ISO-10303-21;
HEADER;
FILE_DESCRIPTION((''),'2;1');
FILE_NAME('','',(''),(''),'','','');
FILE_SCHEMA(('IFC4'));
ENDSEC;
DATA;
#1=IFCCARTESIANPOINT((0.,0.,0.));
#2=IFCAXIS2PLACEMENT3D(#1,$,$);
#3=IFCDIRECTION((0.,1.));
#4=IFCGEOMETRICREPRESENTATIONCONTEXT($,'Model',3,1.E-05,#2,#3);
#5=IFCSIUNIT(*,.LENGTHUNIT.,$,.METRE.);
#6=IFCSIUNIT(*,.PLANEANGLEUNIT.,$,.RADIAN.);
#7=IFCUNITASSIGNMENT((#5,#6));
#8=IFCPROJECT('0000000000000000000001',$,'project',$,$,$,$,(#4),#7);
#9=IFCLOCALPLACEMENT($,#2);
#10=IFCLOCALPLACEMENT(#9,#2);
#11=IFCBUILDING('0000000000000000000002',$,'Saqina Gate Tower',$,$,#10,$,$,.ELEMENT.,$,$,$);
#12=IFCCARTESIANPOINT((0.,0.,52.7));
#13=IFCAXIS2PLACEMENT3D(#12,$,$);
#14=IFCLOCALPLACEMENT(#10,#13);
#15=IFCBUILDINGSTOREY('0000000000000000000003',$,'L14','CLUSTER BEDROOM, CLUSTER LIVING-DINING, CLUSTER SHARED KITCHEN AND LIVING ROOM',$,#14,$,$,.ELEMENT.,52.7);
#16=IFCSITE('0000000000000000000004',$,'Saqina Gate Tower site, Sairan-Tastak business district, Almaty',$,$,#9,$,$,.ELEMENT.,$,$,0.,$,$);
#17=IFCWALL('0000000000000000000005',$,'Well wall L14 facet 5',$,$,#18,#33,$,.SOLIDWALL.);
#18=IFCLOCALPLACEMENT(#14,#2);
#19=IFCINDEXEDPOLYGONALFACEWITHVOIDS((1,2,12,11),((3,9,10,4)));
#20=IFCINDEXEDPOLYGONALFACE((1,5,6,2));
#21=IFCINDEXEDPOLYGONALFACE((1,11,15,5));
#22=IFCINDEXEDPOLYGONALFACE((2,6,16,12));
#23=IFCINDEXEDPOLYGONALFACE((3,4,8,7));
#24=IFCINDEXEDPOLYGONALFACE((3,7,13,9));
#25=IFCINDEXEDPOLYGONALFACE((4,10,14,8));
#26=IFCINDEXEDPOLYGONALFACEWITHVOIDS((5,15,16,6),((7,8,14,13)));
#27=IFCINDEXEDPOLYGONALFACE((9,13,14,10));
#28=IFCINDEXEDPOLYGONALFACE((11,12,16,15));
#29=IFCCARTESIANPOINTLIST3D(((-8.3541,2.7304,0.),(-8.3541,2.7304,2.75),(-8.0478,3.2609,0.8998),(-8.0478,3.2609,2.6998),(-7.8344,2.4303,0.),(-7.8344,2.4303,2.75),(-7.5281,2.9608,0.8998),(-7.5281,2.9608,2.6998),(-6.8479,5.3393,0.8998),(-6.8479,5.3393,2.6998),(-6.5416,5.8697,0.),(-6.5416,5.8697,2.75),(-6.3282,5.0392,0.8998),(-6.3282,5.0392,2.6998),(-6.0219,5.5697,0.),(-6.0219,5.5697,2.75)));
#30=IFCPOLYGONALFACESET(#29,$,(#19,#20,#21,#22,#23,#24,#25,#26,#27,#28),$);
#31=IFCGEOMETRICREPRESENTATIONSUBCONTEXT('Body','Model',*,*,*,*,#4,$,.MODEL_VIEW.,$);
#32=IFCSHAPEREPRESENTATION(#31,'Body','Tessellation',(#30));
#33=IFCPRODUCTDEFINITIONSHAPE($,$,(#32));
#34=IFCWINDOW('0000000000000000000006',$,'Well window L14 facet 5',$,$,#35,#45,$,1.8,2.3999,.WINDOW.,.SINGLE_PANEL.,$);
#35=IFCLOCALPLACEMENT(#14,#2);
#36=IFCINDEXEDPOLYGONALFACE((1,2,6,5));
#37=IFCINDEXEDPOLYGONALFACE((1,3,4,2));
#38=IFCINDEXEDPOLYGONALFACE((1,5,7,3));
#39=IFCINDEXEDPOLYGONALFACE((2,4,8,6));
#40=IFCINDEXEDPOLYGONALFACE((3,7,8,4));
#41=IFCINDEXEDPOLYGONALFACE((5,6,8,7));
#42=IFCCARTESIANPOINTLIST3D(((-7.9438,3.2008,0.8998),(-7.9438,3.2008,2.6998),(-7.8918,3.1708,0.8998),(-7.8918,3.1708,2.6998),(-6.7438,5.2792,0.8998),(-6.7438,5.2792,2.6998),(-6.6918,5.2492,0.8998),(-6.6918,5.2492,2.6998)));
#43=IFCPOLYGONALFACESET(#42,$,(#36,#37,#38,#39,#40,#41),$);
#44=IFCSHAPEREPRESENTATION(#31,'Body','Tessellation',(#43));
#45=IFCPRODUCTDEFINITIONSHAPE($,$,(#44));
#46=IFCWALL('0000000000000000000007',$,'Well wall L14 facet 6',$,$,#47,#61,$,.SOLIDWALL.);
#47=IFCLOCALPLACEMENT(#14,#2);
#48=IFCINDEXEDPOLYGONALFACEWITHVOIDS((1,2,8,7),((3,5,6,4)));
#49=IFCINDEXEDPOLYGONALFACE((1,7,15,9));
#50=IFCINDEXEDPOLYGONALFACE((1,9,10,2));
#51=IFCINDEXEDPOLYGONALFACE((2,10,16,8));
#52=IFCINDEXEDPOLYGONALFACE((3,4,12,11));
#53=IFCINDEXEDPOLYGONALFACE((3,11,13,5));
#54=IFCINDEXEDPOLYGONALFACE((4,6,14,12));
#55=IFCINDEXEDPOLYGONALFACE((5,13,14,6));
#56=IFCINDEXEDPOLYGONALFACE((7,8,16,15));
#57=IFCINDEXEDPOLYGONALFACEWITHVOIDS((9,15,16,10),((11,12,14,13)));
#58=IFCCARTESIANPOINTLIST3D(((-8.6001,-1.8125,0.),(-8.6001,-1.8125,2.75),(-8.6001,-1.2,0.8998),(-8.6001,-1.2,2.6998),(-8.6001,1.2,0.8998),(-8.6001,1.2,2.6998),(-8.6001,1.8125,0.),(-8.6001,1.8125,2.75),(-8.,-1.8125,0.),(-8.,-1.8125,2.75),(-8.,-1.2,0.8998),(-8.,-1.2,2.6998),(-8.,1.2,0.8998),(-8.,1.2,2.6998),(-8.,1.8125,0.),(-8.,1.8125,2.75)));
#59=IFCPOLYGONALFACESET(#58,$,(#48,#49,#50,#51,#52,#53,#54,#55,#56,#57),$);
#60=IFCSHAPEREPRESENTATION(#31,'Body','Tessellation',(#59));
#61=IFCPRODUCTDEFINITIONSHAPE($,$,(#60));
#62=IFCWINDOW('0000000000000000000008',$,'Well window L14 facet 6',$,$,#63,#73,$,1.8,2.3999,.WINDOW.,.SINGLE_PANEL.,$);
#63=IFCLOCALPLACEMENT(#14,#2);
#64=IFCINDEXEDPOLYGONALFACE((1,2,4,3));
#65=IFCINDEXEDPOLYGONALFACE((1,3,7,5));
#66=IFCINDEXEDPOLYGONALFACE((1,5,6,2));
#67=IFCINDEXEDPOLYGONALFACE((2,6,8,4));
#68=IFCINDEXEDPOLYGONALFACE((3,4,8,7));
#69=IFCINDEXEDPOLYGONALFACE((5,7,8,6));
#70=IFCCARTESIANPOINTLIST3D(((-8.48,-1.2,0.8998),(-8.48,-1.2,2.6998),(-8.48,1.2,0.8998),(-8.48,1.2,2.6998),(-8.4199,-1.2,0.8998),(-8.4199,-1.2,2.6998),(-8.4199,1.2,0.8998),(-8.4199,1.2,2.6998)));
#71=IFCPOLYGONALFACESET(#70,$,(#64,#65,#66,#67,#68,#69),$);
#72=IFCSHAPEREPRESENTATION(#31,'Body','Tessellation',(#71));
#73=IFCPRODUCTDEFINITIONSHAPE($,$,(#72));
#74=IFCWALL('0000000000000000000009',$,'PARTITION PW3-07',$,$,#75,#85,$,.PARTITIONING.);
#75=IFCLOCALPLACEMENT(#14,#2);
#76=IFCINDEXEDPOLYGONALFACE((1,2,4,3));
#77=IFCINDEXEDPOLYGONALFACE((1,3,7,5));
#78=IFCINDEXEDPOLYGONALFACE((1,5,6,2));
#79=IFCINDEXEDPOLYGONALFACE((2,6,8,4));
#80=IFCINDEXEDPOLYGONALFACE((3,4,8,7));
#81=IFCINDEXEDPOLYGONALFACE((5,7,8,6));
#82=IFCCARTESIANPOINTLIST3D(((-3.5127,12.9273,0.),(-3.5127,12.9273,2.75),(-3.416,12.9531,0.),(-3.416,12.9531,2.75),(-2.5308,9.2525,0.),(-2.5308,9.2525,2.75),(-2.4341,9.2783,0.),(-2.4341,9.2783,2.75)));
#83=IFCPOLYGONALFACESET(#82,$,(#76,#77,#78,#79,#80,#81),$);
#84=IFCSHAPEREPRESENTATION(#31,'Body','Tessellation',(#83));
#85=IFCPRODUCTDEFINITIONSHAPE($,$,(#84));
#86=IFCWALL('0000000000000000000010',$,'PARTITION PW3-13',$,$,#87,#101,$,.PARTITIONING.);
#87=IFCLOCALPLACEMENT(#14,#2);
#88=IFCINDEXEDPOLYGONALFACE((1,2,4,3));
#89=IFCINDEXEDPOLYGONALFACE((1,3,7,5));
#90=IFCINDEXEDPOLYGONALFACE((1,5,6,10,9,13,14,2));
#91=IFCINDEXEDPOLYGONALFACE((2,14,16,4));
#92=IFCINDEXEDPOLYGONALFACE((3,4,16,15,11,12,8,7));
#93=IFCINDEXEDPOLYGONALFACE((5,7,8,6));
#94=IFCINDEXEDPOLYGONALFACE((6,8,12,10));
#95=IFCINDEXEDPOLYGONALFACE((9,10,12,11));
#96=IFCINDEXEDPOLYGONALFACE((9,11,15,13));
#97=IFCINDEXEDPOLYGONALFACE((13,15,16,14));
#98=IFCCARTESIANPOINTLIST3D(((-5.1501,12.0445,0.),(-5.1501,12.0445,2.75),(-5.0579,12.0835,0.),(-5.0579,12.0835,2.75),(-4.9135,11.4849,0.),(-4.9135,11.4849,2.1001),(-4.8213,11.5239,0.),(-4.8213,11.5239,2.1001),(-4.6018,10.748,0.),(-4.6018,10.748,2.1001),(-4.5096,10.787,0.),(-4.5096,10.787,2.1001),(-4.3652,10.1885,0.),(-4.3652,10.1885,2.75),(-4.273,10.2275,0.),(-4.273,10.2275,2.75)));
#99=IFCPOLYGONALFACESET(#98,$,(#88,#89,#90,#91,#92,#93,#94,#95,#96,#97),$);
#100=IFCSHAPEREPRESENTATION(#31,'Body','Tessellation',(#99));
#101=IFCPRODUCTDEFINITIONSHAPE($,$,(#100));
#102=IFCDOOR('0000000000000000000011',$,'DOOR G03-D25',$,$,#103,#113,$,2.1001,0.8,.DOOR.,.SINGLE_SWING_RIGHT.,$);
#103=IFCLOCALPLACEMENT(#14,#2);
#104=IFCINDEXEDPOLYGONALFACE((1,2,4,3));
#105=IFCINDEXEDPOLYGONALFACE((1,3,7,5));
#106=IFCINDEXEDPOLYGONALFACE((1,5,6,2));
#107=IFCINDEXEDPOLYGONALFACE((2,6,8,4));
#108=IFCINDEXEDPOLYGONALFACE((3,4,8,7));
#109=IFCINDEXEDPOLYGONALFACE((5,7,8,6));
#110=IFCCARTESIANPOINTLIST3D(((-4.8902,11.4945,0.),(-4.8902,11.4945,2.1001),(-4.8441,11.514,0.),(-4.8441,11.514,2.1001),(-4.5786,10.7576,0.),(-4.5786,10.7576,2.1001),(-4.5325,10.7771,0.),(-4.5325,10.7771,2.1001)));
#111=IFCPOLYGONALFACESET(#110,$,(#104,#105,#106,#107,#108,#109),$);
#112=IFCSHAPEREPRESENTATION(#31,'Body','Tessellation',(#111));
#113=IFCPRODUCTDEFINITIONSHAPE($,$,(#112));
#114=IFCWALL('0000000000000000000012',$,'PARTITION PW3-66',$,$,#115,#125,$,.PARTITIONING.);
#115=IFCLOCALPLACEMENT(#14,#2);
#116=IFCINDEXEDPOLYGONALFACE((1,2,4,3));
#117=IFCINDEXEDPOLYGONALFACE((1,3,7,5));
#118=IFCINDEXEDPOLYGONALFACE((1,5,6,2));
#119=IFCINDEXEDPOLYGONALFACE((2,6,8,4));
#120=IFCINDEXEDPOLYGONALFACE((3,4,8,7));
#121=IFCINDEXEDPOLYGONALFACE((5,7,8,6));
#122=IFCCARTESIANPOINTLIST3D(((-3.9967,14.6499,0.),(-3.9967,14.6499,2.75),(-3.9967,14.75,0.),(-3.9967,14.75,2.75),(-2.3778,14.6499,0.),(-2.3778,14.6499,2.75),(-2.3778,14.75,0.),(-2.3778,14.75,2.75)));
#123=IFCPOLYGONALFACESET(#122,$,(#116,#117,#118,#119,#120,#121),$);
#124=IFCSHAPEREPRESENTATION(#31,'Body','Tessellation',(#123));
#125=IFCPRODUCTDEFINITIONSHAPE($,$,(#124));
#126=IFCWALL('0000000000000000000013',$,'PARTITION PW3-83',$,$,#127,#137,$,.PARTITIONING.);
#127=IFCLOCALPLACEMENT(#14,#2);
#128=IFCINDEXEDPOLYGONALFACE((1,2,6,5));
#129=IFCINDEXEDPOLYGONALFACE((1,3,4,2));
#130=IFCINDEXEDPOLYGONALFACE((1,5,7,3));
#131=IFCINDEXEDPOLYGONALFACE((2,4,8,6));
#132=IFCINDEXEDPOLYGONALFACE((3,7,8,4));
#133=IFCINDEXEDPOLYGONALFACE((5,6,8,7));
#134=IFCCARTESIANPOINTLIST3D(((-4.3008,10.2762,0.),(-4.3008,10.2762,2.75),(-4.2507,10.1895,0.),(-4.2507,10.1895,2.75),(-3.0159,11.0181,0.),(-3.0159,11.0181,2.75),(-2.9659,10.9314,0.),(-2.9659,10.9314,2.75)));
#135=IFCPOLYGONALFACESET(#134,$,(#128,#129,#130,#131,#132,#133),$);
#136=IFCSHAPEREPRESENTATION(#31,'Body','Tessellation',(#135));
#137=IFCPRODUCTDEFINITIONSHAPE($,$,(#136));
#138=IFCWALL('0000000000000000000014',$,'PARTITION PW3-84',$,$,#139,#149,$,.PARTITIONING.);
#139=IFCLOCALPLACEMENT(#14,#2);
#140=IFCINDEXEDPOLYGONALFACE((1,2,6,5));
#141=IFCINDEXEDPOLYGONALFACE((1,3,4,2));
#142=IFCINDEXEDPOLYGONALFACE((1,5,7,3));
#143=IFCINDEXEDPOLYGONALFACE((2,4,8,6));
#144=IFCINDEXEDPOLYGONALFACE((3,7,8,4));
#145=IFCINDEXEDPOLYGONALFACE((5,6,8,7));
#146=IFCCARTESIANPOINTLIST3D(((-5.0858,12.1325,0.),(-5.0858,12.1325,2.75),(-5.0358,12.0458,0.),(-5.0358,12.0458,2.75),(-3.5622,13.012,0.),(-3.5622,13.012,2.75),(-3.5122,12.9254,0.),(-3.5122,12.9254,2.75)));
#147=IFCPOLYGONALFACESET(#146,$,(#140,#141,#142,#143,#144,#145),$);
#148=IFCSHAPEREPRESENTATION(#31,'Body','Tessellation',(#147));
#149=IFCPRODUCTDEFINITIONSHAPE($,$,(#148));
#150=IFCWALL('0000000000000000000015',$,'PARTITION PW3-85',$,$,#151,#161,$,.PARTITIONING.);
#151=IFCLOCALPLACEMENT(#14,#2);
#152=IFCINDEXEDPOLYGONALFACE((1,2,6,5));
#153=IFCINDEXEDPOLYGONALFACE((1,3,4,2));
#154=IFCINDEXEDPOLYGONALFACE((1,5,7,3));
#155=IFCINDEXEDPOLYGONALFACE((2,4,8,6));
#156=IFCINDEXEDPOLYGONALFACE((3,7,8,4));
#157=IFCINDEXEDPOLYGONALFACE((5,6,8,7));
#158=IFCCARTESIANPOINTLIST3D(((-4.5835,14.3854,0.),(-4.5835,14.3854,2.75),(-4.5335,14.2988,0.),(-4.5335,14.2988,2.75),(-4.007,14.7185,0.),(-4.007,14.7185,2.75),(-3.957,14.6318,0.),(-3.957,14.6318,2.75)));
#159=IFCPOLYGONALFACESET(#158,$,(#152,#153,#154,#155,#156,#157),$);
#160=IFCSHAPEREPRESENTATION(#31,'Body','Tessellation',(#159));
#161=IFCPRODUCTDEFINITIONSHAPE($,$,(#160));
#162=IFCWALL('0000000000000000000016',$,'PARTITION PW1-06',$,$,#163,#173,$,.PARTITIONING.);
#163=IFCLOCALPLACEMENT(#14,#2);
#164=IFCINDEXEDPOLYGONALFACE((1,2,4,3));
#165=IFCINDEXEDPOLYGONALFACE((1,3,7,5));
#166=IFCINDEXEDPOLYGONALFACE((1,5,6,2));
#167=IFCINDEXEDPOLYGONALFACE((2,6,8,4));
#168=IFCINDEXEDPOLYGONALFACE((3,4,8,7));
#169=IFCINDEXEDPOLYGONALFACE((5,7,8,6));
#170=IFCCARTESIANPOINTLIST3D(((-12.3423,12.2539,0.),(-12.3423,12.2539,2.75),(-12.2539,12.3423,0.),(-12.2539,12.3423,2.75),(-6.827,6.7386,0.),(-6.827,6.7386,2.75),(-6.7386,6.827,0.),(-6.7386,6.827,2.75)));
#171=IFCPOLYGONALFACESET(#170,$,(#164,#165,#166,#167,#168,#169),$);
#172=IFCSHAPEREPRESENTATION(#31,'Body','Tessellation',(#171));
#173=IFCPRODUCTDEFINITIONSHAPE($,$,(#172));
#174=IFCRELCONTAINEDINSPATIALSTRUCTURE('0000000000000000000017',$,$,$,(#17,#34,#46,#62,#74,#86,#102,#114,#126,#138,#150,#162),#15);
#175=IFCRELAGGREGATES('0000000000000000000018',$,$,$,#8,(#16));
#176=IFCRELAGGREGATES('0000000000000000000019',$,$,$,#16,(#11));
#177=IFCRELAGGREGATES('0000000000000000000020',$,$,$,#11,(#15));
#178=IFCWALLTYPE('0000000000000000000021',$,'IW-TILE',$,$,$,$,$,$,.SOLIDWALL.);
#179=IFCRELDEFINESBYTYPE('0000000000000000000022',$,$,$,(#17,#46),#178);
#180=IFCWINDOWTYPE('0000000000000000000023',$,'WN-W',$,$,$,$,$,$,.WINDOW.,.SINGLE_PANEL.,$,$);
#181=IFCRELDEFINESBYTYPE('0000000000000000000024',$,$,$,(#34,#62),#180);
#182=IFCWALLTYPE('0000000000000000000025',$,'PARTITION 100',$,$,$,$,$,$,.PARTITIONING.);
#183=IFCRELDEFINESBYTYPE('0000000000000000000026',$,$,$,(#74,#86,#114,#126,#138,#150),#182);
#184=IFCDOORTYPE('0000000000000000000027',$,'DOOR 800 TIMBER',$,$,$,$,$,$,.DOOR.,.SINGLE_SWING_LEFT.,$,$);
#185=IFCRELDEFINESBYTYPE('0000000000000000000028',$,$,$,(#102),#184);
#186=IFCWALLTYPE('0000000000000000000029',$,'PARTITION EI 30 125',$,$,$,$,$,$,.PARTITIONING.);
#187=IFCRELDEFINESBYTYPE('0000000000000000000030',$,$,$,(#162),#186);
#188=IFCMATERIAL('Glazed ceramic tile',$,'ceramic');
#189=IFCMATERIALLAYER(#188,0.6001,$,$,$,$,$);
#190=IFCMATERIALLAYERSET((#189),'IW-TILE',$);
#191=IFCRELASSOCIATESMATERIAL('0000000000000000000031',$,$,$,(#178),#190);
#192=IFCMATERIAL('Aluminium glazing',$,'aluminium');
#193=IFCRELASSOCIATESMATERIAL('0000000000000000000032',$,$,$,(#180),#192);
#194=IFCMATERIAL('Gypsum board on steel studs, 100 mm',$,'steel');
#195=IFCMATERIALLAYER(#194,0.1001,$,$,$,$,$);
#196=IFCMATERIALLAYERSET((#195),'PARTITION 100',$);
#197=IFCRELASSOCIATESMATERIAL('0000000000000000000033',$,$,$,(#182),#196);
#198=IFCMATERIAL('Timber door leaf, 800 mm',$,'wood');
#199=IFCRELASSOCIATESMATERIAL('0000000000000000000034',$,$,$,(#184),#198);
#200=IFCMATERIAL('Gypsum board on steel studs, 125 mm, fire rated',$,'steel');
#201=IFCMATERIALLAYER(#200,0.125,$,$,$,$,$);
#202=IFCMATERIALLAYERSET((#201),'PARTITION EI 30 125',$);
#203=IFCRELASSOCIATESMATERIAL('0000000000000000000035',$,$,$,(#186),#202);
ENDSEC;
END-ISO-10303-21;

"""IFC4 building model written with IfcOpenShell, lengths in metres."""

from ifc_helpers import new_model, si_unit, direction, frame, frame_2d, origin, place, context, subcontext, project, spatial, rectangle, extrude, material, layer, layer_set, type_object, element, fill, save


model = new_model("IFC4")

# Units and contexts
model_context = context("Model", 3, precision=1e-05, world=origin(), true_north=direction((0.0, 1.0)))
body_context = subcontext(model_context, "Body", "Model", "MODEL_VIEW")
ifc_project = project(units=[si_unit("LENGTHUNIT", "METRE"), si_unit("PLANEANGLEUNIT", "RADIAN")], contexts=[model_context])

# Site, building, storey
site_placement = place(None, origin())
site = spatial("IfcSite", under=ifc_project, at=site_placement, Name="Saqina Gate Tower site, Sairan-Tastak business district, Almaty", CompositionType="ELEMENT", RefElevation=0.0)
building_placement = place(site_placement, origin())
building = spatial("IfcBuilding", under=site, at=building_placement, Name="Saqina Gate Tower", CompositionType="ELEMENT")
storey_placement = place(building_placement, frame((0.0, 0.0, 52.7)))
storey = spatial("IfcBuildingStorey", under=building, at=storey_placement, Name="L14", Description="CLUSTER BEDROOM, CLUSTER LIVING-DINING, CLUSTER SHARED KITCHEN AND LIVING ROOM", CompositionType="ELEMENT", Elevation=52.7)

# Walls, openings, windows
ifc_material_1 = material(Name="Glazed ceramic tile", Category="ceramic")
ifc_layer_1 = layer(ifc_material_1, 0.6001)
ifc_layer_set_1 = layer_set([ifc_layer_1], Name="IW-TILE")
wall_type_1 = type_object("IfcWallType", Name="IW-TILE", PredefinedType="SOLIDWALL", material=ifc_layer_set_1)
ifc_material_2 = material(Name="Aluminium glazing", Category="aluminium")
window_type = type_object("IfcWindowType", Name="WN-W", PartitioningType="SINGLE_PANEL", PredefinedType="WINDOW", material=ifc_material_2)
wall_1_placement = place(storey_placement, frame((-6.2817, 5.7197, 0.0), z_axis=(0.0, 0.0, 1.0), x_axis=(-0.499993, -0.86603, 0.0)))
wall_1 = element("IfcWall", 1, at=wall_1_placement, inside=storey, type_object=wall_type_1, Name="Well wall L14 facet 5", PredefinedType="SOLIDWALL", context=body_context, shape_type="SweptSolid", body=[
    extrude(rectangle(XDim=3.625, YDim=0.6001, at=frame_2d((1.8125, 0.0))), origin(), (0.0, 0.0, 1.0), 2.75),
])
opening_1_placement = place(wall_1_placement, frame((0.6125, 0.0, 0.8999)))
opening_1 = element("IfcOpeningElement", 2, at=opening_1_placement, cuts=wall_1, PredefinedType="OPENING", context=body_context, shape_type="SweptSolid", body=[
    extrude(rectangle(XDim=2.3999, YDim=1.8, at=frame_2d((1.2, 0.8999))), frame((0.0, 0.312, 0.0), z_axis=(0.0, -1.0, 0.0), x_axis=(1.0, 0.0, 0.0)), (0.0, 0.0, 1.0), 0.624),
])
window_1_placement = place(opening_1_placement, origin())
window_1 = element("IfcWindow", 3, at=window_1_placement, inside=storey, type_object=window_type, Name="Well window L14 facet 5", OverallHeight=1.8, OverallWidth=2.3999, PartitioningType="SINGLE_PANEL", PredefinedType="WINDOW", context=body_context, shape_type="SweptSolid", body=[
    extrude(rectangle(XDim=2.3999, YDim=1.8, at=frame_2d((1.2, 0.8999))), frame((0.0, -0.1199, 0.0), z_axis=(0.0, -1.0, 0.0), x_axis=(1.0, 0.0, 0.0)), (0.0, 0.0, 1.0), 0.0601),
])
fill(opening_1, window_1)
wall_2_placement = place(storey_placement, frame((-8.3, 1.8125, 0.0), z_axis=(0.0, 0.0, 1.0), x_axis=(0.0, -1.0, 0.0)))
wall_2 = element("IfcWall", 4, at=wall_2_placement, inside=storey, type_object=wall_type_1, Name="Well wall L14 facet 6", PredefinedType="SOLIDWALL", context=body_context, shape_type="SweptSolid", body=[
    extrude(rectangle(XDim=3.625, YDim=0.6001, at=frame_2d((1.8125, 0.0))), origin(), (0.0, 0.0, 1.0), 2.75),
])
opening_2_placement = place(wall_2_placement, frame((0.6125, 0.0, 0.8999)))
opening_2 = element("IfcOpeningElement", 5, at=opening_2_placement, cuts=wall_2, PredefinedType="OPENING", context=body_context, shape_type="SweptSolid", body=[
    extrude(rectangle(XDim=2.3999, YDim=1.8, at=frame_2d((1.2, 0.8999))), frame((0.0, 0.312, 0.0), z_axis=(0.0, -1.0, 0.0), x_axis=(1.0, 0.0, 0.0)), (0.0, 0.0, 1.0), 0.624),
])
window_2_placement = place(opening_2_placement, origin())
window_2 = element("IfcWindow", 6, at=window_2_placement, inside=storey, type_object=window_type, Name="Well window L14 facet 6", OverallHeight=1.8, OverallWidth=2.3999, PartitioningType="SINGLE_PANEL", PredefinedType="WINDOW", context=body_context, shape_type="SweptSolid", body=[
    extrude(rectangle(XDim=2.3999, YDim=1.8, at=frame_2d((1.2, 0.8999))), frame((0.0, -0.1199, 0.0), z_axis=(0.0, -1.0, 0.0), x_axis=(1.0, 0.0, 0.0)), (0.0, 0.0, 1.0), 0.0601),
])
fill(opening_2, window_2)

# Wall
ifc_material_3 = material(Name="Gypsum board on steel studs, 100 mm", Category="steel")
ifc_layer_2 = layer(ifc_material_3, 0.1001)
ifc_layer_set_2 = layer_set([ifc_layer_2], Name="PARTITION 100")
wall_type_2 = type_object("IfcWallType", Name="PARTITION 100", PredefinedType="PARTITIONING", material=ifc_layer_set_2)
wall_3_placement = place(storey_placement, frame((-3.4644, 12.9402, 0.0), z_axis=(0.0, 0.0, 1.0), x_axis=(0.25815, -0.966105, 0.0)))
element("IfcWall", 7, at=wall_3_placement, inside=storey, type_object=wall_type_2, Name="PARTITION PW3-07", PredefinedType="PARTITIONING", context=body_context, shape_type="SweptSolid", body=[
    extrude(rectangle(XDim=3.8037, YDim=0.1001, at=frame_2d((1.9019, 0.0))), origin(), (0.0, 0.0, 1.0), 2.75),
])

# Wall, opening, door
wall_4_placement = place(storey_placement, frame((-5.104, 12.064, 0.0), z_axis=(0.0, 0.0, 1.0), x_axis=(0.389514, -0.921021, 0.0)))
wall_4 = element("IfcWall", 8, at=wall_4_placement, inside=storey, type_object=wall_type_2, Name="PARTITION PW3-13", PredefinedType="PARTITIONING", context=body_context, shape_type="SweptSolid", body=[
    extrude(rectangle(XDim=2.0151, YDim=0.1001, at=frame_2d((1.0076, 0.0))), origin(), (0.0, 0.0, 1.0), 2.75),
])
opening_3_placement = place(wall_4_placement, frame((0.6077, 0.0, 0.0)))
opening_3 = element("IfcOpeningElement", 9, at=opening_3_placement, cuts=wall_4, PredefinedType="OPENING", context=body_context, shape_type="SweptSolid", body=[
    extrude(rectangle(XDim=0.8, YDim=2.1001, at=frame_2d((0.3999, 1.05))), frame((0.0, 0.062, 0.0), z_axis=(0.0, -1.0, 0.0), x_axis=(1.0, 0.0, 0.0)), (0.0, 0.0, 1.0), 0.124),
])
ifc_material_4 = material(Name="Timber door leaf, 800 mm", Category="wood")
door_type_1 = type_object("IfcDoorType", Name="DOOR 800 TIMBER", OperationType="SINGLE_SWING_LEFT", PredefinedType="DOOR", material=ifc_material_4)
door_1_placement = place(opening_3_placement, frame((0.8, 0.0, 0.0), z_axis=(0.0, 0.0, 1.0), x_axis=(-1.0, 0.0, 0.0)))
door_1 = element("IfcDoor", 10, at=door_1_placement, inside=storey, type_object=door_type_1, Name="DOOR G03-D25", OperationType="SINGLE_SWING_RIGHT", OverallHeight=2.1001, OverallWidth=0.8, PredefinedType="DOOR", context=body_context, shape_type="SweptSolid", body=[
    extrude(rectangle(XDim=0.8, YDim=2.1001, at=frame_2d((0.3999, 1.05))), frame((0.0, 0.0249, 0.0), z_axis=(0.0, -1.0, 0.0), x_axis=(1.0, 0.0, 0.0)), (0.0, 0.0, 1.0), 0.05),
])
fill(opening_3, door_1)

# Walls
wall_5_placement = place(storey_placement, frame((-3.9968, 14.7, 0.0), z_axis=(0.0, 0.0, 1.0), x_axis=(1.0, 0.0, 0.0)))
element("IfcWall", 11, at=wall_5_placement, inside=storey, type_object=wall_type_2, Name="PARTITION PW3-66", PredefinedType="PARTITIONING", context=body_context, shape_type="SweptSolid", body=[
    extrude(rectangle(XDim=1.6189, YDim=0.1001, at=frame_2d((0.8096, 0.0))), origin(), (0.0, 0.0, 1.0), 2.75),
])
wall_6_placement = place(storey_placement, frame((-4.2756, 10.2329, 0.0), z_axis=(0.0, 0.0, 1.0), x_axis=(0.865997, 0.50005, 0.0)))
element("IfcWall", 12, at=wall_6_placement, inside=storey, type_object=wall_type_2, Name="PARTITION PW3-83", PredefinedType="PARTITIONING", context=body_context, shape_type="SweptSolid", body=[
    extrude(rectangle(XDim=1.4836, YDim=0.1001, at=frame_2d((0.7417, 0.0))), origin(), (0.0, 0.0, 1.0), 2.75),
])
wall_7_placement = place(storey_placement, frame((-5.0608, 12.0891, 0.0), z_axis=(0.0, 0.0, 1.0), x_axis=(0.86604, 0.499975, 0.0)))
element("IfcWall", 13, at=wall_7_placement, inside=storey, type_object=wall_type_2, Name="PARTITION PW3-84", PredefinedType="PARTITIONING", context=body_context, shape_type="SweptSolid", body=[
    extrude(rectangle(XDim=1.7593, YDim=0.1001, at=frame_2d((0.8796, 0.0))), origin(), (0.0, 0.0, 1.0), 2.75),
])
wall_8_placement = place(storey_placement, frame((-4.5586, 14.342, 0.0), z_axis=(0.0, 0.0, 1.0), x_axis=(0.865886, 0.500241, 0.0)))
element("IfcWall", 14, at=wall_8_placement, inside=storey, type_object=wall_type_2, Name="PARTITION PW3-85", PredefinedType="PARTITIONING", context=body_context, shape_type="SweptSolid", body=[
    extrude(rectangle(XDim=0.6658, YDim=0.1001, at=frame_2d((0.333, 0.0))), origin(), (0.0, 0.0, 1.0), 2.75),
])
ifc_material_5 = material(Name="Gypsum board on steel studs, 125 mm, fire rated", Category="steel")
ifc_layer_3 = layer(ifc_material_5, 0.125)
ifc_layer_set_3 = layer_set([ifc_layer_3], Name="PARTITION EI 30 125")
wall_type_3 = type_object("IfcWallType", Name="PARTITION EI 30 125", PredefinedType="PARTITIONING", material=ifc_layer_set_3)
wall_9_placement = place(storey_placement, frame((-12.2981, 12.2981, 0.0), z_axis=(0.0, 0.0, 1.0), x_axis=(0.707107, -0.707107, 0.0)))
element("IfcWall", 15, at=wall_9_placement, inside=storey, type_object=wall_type_3, Name="PARTITION PW1-06", PredefinedType="PARTITIONING", context=body_context, shape_type="SweptSolid", body=[
    extrude(rectangle(XDim=7.7998, YDim=0.125, at=frame_2d((3.8999, 0.0))), origin(), (0.0, 0.0, 1.0), 2.75),
])

save(model, "model.ifc")
